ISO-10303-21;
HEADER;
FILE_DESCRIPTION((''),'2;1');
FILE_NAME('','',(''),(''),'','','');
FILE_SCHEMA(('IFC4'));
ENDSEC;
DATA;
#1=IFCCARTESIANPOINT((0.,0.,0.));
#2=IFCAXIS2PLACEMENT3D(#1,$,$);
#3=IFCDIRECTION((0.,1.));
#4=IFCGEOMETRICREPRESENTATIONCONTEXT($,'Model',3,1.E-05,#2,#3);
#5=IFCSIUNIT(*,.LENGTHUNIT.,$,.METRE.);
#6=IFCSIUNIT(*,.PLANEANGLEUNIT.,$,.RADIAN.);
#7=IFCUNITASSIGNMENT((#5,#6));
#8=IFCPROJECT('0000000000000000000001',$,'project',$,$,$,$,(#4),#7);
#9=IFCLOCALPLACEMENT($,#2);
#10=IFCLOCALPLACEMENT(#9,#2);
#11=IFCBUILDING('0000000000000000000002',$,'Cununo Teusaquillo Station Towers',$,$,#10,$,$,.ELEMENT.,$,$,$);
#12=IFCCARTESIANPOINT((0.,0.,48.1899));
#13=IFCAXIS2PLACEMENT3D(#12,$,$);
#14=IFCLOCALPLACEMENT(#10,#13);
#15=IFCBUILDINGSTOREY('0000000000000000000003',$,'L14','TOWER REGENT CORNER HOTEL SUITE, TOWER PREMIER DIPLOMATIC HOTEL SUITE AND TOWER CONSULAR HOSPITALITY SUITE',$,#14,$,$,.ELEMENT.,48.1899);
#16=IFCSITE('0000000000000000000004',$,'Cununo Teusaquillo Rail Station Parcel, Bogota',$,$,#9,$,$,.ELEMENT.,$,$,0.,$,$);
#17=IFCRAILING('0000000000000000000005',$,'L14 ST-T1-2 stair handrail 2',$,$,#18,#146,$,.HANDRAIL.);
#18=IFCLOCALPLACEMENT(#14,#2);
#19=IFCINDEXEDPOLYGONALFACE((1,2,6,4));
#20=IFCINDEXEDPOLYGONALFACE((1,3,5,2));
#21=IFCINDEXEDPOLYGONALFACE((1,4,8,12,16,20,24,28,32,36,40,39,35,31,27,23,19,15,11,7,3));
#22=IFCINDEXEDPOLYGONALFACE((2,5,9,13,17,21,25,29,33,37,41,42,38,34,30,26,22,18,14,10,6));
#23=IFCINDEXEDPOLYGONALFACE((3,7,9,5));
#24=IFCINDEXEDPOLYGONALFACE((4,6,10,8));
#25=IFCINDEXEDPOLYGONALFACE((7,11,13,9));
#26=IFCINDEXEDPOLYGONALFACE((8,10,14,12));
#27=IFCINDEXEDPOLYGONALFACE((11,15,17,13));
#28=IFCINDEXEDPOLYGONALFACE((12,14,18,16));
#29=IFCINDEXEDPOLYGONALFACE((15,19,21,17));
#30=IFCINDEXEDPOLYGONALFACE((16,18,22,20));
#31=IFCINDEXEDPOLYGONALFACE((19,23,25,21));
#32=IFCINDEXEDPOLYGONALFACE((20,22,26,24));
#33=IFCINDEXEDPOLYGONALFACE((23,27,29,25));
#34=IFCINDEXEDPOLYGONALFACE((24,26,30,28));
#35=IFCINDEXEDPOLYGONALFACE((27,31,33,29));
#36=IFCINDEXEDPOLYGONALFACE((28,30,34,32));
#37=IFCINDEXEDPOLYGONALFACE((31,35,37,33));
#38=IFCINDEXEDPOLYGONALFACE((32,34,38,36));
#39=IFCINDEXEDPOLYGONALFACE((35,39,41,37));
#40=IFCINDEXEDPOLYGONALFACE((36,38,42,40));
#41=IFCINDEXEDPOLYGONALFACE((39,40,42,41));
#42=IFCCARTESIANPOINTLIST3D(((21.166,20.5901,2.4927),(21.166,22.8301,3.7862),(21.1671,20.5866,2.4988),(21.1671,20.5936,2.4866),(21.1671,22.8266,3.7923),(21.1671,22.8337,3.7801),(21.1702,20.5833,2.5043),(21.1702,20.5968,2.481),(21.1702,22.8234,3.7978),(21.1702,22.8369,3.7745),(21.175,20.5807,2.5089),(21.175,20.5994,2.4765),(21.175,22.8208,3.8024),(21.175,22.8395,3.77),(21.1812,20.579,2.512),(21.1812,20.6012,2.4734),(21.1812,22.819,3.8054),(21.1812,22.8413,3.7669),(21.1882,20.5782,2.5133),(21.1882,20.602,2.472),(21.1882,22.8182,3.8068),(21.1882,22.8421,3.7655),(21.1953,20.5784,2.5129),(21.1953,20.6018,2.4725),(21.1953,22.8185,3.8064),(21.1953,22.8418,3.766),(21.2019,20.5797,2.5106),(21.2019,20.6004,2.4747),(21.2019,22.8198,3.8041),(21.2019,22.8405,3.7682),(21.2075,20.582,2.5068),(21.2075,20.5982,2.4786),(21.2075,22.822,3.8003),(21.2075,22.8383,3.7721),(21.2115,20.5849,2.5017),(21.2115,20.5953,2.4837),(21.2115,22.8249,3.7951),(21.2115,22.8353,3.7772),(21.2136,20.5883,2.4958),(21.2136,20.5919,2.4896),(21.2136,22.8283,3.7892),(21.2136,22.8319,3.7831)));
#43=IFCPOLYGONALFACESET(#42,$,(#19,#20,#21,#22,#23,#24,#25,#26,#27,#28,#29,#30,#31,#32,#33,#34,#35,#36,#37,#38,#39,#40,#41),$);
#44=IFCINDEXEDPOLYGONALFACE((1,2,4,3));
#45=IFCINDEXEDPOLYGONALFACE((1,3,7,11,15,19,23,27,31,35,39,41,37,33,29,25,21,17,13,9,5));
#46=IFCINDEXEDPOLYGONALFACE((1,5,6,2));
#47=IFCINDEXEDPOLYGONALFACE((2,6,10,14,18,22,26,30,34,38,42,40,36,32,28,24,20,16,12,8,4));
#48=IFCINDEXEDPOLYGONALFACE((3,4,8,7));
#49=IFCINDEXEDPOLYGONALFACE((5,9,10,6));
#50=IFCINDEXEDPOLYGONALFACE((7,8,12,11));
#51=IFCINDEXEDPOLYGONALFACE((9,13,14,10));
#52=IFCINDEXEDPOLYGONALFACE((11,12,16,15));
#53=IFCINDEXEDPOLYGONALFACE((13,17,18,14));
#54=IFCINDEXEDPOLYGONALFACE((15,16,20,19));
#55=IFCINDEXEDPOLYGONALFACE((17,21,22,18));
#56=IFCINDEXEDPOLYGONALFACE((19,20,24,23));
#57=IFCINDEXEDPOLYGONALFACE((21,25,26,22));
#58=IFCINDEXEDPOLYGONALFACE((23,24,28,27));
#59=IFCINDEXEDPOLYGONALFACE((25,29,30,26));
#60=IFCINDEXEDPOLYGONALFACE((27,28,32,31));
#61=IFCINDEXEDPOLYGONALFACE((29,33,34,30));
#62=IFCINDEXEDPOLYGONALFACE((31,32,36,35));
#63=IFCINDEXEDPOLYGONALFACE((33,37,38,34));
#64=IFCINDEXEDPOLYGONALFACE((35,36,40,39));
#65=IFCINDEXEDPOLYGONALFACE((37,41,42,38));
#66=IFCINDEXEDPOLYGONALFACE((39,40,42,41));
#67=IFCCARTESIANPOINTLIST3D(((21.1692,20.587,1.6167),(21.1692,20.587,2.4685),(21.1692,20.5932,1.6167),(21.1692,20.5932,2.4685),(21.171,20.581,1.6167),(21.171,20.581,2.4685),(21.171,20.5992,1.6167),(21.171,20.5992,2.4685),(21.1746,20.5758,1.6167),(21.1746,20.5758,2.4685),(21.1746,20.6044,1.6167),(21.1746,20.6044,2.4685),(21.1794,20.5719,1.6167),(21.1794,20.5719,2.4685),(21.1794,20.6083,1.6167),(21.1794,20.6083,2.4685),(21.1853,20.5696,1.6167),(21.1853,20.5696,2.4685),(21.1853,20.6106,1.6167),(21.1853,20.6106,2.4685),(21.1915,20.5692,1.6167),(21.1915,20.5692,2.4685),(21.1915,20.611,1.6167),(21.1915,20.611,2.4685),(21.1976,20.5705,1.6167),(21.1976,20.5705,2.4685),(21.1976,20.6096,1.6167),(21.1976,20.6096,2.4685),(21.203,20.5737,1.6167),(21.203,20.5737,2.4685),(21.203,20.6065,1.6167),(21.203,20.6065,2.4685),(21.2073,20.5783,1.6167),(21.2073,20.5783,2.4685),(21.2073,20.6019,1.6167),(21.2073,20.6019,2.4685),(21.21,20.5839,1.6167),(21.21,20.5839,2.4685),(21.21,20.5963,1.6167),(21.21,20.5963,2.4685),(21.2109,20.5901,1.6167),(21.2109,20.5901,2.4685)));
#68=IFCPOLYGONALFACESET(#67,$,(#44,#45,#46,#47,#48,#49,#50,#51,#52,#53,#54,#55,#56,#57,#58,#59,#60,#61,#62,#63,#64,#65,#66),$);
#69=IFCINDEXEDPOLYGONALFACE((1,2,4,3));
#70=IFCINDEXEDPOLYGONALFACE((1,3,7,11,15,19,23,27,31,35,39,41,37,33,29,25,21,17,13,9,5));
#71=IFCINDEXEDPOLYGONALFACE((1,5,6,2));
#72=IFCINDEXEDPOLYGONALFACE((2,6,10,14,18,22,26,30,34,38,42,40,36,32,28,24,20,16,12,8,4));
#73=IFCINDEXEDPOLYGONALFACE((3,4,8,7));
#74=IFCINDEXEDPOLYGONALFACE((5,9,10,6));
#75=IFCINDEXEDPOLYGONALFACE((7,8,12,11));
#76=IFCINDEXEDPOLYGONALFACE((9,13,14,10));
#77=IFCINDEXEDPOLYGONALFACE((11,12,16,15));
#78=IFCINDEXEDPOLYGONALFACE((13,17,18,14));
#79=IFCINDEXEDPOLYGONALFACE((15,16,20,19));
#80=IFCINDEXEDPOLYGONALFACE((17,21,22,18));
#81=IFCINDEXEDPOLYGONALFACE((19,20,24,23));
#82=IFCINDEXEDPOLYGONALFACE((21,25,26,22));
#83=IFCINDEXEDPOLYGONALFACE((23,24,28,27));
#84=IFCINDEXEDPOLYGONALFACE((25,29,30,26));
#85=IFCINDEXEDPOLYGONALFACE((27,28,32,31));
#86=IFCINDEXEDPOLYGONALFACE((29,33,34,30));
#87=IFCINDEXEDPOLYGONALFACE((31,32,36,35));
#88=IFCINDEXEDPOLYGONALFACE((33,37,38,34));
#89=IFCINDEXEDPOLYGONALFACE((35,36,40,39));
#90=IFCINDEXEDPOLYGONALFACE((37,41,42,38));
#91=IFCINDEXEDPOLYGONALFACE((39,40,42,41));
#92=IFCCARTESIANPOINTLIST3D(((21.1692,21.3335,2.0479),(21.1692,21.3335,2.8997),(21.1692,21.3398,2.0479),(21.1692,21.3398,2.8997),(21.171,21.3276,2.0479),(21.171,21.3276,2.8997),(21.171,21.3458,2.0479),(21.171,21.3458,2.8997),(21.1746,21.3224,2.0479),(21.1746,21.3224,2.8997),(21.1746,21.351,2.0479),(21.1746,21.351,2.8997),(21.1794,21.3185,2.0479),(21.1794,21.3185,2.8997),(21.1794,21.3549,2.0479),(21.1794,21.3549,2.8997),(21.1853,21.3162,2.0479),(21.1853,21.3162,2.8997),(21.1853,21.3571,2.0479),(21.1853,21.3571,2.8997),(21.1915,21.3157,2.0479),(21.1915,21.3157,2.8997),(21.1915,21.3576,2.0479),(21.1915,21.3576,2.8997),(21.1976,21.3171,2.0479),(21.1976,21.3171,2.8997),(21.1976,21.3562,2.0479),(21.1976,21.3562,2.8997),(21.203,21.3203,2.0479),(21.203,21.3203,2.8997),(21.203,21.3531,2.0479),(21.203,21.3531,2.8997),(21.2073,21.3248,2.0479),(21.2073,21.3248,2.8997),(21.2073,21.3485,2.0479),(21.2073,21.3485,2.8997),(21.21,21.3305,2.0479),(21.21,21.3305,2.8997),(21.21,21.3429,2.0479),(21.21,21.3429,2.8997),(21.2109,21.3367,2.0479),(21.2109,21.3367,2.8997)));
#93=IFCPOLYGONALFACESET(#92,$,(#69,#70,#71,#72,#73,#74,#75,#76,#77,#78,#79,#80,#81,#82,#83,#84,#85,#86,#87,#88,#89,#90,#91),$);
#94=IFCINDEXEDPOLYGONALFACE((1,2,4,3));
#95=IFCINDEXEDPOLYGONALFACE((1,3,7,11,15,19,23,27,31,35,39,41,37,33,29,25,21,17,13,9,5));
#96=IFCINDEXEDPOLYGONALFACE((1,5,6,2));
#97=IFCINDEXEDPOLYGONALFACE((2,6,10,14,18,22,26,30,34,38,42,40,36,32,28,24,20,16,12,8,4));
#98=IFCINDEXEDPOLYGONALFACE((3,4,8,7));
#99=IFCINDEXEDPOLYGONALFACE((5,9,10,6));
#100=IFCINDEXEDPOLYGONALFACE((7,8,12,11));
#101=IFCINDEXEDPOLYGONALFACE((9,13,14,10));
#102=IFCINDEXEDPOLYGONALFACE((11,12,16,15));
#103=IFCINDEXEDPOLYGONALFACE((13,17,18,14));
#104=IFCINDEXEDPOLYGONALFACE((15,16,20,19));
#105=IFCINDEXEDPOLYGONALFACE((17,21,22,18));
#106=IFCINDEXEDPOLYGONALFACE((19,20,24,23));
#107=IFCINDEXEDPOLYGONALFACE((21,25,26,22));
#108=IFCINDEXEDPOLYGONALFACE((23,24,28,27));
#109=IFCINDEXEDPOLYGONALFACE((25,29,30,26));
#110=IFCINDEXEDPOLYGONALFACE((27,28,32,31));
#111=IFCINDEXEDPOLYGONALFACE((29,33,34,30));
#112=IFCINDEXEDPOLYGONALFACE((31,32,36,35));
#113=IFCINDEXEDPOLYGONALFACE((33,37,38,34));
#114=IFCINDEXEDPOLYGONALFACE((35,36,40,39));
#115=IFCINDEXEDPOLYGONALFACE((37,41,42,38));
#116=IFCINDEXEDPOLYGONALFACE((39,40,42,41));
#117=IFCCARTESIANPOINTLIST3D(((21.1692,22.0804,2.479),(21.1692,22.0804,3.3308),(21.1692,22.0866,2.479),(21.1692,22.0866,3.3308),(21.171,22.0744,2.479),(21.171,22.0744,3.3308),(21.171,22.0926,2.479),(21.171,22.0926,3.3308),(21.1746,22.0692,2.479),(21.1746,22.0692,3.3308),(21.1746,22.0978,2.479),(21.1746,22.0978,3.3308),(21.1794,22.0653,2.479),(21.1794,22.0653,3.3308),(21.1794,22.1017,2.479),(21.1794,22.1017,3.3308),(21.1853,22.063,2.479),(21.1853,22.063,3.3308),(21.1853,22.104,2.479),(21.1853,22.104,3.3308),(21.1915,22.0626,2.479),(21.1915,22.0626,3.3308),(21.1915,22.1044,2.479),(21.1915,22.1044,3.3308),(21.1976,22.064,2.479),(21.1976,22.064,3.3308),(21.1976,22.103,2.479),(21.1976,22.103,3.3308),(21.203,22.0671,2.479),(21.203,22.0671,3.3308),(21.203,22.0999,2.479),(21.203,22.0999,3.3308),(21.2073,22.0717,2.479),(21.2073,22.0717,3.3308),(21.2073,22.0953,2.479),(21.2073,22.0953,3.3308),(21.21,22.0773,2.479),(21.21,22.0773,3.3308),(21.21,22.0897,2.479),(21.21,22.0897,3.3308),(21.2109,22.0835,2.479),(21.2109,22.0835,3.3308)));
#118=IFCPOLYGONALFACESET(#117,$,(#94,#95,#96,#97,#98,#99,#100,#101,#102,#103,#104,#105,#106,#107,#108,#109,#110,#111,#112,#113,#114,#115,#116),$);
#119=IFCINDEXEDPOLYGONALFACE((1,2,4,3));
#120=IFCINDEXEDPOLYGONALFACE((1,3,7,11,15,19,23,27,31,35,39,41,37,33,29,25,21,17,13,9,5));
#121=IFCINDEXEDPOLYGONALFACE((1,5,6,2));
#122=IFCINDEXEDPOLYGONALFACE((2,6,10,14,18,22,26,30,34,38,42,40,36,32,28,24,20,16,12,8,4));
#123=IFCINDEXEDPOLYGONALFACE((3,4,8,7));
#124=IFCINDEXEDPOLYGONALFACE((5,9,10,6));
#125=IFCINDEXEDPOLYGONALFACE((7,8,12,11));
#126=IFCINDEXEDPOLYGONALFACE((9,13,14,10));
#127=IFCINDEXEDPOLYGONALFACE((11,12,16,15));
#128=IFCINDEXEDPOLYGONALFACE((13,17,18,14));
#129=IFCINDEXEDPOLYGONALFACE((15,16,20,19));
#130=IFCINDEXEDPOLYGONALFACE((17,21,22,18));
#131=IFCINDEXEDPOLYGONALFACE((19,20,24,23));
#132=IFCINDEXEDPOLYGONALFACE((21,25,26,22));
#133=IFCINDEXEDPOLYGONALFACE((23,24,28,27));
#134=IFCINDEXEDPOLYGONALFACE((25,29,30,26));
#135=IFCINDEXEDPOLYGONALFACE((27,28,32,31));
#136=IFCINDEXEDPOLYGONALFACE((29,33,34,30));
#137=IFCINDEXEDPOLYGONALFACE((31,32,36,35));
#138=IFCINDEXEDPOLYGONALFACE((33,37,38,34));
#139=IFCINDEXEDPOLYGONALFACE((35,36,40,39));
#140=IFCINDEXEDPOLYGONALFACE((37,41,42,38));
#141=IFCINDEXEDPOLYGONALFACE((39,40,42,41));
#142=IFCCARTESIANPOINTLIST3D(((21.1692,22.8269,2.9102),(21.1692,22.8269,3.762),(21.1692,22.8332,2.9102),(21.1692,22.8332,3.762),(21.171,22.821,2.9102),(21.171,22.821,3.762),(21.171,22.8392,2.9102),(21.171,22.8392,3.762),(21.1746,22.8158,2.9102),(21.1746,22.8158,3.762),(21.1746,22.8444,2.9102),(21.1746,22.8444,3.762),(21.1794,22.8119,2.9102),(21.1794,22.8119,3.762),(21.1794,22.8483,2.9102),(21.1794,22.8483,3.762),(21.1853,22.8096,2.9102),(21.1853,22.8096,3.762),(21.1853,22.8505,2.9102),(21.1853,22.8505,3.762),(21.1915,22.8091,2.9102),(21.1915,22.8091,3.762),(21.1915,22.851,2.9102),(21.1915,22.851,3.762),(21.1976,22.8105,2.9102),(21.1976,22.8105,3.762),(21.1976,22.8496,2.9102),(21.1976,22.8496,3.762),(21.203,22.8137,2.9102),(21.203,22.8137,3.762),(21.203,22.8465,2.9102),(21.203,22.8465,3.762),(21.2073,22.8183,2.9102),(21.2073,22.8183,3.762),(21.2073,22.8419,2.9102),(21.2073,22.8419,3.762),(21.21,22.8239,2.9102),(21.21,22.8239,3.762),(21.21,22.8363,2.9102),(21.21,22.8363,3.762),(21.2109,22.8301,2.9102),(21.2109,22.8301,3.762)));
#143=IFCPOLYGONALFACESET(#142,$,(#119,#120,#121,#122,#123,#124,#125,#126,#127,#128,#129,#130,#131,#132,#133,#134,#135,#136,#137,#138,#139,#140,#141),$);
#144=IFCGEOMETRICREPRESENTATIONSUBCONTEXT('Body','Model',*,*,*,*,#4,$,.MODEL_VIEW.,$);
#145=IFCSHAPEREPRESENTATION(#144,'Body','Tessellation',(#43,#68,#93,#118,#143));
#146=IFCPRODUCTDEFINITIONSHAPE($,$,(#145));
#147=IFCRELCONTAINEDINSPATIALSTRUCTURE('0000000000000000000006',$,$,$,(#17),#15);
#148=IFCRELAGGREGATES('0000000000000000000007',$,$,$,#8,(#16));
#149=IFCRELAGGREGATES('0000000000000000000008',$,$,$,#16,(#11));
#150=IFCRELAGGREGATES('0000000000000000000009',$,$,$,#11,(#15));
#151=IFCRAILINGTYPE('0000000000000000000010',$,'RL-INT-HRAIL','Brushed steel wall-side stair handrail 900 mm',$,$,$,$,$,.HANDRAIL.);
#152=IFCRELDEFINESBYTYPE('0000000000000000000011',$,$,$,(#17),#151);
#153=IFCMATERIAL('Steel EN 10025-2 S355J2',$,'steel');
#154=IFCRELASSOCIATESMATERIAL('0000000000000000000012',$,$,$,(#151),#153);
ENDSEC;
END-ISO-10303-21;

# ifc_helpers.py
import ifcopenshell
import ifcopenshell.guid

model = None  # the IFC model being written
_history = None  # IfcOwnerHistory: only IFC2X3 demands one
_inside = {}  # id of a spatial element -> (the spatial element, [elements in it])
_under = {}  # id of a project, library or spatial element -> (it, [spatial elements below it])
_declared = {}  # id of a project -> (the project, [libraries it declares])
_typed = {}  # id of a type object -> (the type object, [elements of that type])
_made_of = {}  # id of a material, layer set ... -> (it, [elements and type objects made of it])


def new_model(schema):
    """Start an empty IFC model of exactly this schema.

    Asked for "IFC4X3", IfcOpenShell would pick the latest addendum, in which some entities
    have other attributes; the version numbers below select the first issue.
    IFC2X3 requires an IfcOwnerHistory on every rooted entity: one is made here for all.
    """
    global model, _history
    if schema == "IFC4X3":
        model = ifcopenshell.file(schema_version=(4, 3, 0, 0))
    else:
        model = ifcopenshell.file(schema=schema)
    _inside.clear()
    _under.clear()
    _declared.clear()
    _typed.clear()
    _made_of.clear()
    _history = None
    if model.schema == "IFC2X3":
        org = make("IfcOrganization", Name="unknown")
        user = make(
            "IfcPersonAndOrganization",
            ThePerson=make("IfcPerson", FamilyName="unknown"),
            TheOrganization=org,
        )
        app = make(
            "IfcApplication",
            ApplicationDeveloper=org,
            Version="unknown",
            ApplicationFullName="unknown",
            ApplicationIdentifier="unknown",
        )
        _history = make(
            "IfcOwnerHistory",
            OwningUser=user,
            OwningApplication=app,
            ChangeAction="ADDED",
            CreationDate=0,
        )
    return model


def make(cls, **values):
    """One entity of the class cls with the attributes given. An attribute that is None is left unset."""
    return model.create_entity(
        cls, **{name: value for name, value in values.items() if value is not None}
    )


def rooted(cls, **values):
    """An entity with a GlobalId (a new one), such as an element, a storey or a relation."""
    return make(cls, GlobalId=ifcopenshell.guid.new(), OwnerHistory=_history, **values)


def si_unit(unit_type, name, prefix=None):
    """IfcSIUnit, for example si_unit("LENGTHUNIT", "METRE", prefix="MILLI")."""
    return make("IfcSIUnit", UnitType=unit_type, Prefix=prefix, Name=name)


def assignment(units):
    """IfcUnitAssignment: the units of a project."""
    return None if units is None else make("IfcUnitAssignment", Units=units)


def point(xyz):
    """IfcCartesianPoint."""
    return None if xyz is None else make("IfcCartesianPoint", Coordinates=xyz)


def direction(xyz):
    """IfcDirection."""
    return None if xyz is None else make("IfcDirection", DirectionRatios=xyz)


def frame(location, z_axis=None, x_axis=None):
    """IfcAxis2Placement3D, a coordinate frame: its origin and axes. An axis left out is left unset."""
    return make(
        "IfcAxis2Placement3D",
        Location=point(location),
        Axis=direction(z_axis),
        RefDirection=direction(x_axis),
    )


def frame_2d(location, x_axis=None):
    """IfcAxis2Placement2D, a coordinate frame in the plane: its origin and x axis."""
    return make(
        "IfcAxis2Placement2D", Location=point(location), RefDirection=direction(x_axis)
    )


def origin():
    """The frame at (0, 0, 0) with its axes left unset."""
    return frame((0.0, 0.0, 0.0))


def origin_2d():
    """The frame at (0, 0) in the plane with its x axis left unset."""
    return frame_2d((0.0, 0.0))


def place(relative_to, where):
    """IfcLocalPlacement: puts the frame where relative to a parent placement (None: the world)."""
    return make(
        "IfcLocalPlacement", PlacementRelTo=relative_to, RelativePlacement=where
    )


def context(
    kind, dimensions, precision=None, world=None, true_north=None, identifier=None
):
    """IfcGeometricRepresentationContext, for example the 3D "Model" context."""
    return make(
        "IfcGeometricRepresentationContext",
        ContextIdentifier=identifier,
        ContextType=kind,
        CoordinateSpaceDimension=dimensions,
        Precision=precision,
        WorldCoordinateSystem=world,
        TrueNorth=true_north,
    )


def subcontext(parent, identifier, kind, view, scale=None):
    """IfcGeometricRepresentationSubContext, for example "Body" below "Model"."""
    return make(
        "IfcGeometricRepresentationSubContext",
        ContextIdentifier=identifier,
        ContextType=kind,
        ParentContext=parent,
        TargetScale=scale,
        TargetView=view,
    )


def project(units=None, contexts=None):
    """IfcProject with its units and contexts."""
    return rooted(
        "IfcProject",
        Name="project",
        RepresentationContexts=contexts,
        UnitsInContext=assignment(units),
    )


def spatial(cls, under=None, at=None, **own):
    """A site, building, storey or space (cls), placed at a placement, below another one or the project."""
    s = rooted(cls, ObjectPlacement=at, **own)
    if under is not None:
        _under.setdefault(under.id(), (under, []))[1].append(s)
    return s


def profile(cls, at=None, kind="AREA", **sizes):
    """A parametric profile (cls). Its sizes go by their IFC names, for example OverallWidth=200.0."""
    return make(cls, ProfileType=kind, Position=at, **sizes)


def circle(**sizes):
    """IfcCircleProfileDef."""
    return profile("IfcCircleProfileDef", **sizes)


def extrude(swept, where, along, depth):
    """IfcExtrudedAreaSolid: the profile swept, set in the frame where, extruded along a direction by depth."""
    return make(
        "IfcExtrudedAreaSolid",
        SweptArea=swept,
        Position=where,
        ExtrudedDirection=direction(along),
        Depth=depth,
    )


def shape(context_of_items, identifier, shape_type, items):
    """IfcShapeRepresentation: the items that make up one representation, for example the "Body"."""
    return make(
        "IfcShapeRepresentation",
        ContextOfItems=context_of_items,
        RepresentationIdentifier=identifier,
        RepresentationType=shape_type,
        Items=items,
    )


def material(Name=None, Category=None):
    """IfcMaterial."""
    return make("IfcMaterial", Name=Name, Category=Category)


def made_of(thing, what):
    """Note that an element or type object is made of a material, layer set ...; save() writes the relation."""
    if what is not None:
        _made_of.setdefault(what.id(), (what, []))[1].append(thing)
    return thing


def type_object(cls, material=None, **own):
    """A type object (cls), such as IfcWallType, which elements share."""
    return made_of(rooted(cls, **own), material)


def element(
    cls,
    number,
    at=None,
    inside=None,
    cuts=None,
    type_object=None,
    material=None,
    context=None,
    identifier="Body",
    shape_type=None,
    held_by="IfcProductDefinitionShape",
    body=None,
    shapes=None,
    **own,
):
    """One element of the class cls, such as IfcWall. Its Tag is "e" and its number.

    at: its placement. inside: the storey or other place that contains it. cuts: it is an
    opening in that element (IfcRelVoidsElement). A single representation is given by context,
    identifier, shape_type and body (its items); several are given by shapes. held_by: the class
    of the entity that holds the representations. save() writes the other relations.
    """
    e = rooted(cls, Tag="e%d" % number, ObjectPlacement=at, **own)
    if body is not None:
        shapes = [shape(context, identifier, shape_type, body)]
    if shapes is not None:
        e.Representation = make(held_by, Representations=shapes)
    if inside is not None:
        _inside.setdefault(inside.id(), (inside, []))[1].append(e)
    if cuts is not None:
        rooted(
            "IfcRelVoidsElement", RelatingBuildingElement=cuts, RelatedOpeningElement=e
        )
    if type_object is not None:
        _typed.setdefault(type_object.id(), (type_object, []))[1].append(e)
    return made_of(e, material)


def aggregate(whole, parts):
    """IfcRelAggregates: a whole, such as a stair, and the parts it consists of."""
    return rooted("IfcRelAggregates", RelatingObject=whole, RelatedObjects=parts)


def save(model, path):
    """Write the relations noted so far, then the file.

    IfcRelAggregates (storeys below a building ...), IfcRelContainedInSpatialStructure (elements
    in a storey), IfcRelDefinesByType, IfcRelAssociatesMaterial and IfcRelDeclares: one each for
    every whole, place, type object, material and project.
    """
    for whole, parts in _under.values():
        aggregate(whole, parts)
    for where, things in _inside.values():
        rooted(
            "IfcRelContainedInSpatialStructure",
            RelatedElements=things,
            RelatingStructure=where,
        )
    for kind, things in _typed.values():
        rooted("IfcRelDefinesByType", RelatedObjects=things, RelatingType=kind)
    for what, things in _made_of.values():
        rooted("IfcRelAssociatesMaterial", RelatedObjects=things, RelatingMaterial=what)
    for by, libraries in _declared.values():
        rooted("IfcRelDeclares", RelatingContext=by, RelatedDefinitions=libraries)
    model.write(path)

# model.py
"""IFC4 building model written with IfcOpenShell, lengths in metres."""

from ifc_helpers import new_model, si_unit, direction, frame, origin, origin_2d, place, context, subcontext, project, spatial, circle, extrude, material, type_object, element, save


model = new_model("IFC4")

# Units and contexts
model_context = context("Model", 3, precision=1e-05, world=origin(), true_north=direction((0.0, 1.0)))
body_context = subcontext(model_context, "Body", "Model", "MODEL_VIEW")
ifc_project = project(units=[si_unit("LENGTHUNIT", "METRE"), si_unit("PLANEANGLEUNIT", "RADIAN")], contexts=[model_context])

# Site, building, storey
site_placement = place(None, origin())
site = spatial("IfcSite", under=ifc_project, at=site_placement, Name="Cununo Teusaquillo Rail Station Parcel, Bogota", CompositionType="ELEMENT", RefElevation=0.0)
building_placement = place(site_placement, origin())
building = spatial("IfcBuilding", under=site, at=building_placement, Name="Cununo Teusaquillo Station Towers", CompositionType="ELEMENT")
storey_placement = place(building_placement, frame((0.0, 0.0, 48.1899)))
storey = spatial("IfcBuildingStorey", under=building, at=storey_placement, Name="L14", Description="TOWER REGENT CORNER HOTEL SUITE, TOWER PREMIER DIPLOMATIC HOTEL SUITE AND TOWER CONSULAR HOSPITALITY SUITE", CompositionType="ELEMENT", Elevation=48.1899)

# Railing
ifc_material_1 = material(Name="Steel EN 10025-2 S355J2", Category="steel")
railing_type_1 = type_object("IfcRailingType", Name="RL-INT-HRAIL", Description="Brushed steel wall-side stair handrail 900 mm", PredefinedType="HANDRAIL", material=ifc_material_1)
railing_1_placement = place(storey_placement, frame((21.1899, 20.5901, 1.6167)))
element("IfcRailing", 1, at=railing_1_placement, inside=storey, type_object=railing_type_1, Name="L14 ST-T1-2 stair handrail 2", PredefinedType="HANDRAIL", context=body_context, shape_type="SweptSolid", body=[
    extrude(circle(Radius=0.0239, at=origin_2d()), frame((0.0, 0.0, 0.876), z_axis=(0.0, 0.865992, 0.500057), x_axis=(-1.0, 0.0, 0.0)), (0.0, 0.0, 1.0), 2.5867),
    extrude(circle(Radius=0.021, at=origin_2d()), origin(), (0.0, 0.0, 1.0), 0.8518),
    extrude(circle(Radius=0.021, at=origin_2d()), frame((0.0, 0.7466, 0.4312)), (0.0, 0.0, 1.0), 0.8518),
    extrude(circle(Radius=0.021, at=origin_2d()), frame((0.0, 1.4934, 0.8623)), (0.0, 0.0, 1.0), 0.8518),
    extrude(circle(Radius=0.021, at=origin_2d()), frame((0.0, 2.24, 1.2935)), (0.0, 0.0, 1.0), 0.8518),
])

save(model, "model.ifc")
